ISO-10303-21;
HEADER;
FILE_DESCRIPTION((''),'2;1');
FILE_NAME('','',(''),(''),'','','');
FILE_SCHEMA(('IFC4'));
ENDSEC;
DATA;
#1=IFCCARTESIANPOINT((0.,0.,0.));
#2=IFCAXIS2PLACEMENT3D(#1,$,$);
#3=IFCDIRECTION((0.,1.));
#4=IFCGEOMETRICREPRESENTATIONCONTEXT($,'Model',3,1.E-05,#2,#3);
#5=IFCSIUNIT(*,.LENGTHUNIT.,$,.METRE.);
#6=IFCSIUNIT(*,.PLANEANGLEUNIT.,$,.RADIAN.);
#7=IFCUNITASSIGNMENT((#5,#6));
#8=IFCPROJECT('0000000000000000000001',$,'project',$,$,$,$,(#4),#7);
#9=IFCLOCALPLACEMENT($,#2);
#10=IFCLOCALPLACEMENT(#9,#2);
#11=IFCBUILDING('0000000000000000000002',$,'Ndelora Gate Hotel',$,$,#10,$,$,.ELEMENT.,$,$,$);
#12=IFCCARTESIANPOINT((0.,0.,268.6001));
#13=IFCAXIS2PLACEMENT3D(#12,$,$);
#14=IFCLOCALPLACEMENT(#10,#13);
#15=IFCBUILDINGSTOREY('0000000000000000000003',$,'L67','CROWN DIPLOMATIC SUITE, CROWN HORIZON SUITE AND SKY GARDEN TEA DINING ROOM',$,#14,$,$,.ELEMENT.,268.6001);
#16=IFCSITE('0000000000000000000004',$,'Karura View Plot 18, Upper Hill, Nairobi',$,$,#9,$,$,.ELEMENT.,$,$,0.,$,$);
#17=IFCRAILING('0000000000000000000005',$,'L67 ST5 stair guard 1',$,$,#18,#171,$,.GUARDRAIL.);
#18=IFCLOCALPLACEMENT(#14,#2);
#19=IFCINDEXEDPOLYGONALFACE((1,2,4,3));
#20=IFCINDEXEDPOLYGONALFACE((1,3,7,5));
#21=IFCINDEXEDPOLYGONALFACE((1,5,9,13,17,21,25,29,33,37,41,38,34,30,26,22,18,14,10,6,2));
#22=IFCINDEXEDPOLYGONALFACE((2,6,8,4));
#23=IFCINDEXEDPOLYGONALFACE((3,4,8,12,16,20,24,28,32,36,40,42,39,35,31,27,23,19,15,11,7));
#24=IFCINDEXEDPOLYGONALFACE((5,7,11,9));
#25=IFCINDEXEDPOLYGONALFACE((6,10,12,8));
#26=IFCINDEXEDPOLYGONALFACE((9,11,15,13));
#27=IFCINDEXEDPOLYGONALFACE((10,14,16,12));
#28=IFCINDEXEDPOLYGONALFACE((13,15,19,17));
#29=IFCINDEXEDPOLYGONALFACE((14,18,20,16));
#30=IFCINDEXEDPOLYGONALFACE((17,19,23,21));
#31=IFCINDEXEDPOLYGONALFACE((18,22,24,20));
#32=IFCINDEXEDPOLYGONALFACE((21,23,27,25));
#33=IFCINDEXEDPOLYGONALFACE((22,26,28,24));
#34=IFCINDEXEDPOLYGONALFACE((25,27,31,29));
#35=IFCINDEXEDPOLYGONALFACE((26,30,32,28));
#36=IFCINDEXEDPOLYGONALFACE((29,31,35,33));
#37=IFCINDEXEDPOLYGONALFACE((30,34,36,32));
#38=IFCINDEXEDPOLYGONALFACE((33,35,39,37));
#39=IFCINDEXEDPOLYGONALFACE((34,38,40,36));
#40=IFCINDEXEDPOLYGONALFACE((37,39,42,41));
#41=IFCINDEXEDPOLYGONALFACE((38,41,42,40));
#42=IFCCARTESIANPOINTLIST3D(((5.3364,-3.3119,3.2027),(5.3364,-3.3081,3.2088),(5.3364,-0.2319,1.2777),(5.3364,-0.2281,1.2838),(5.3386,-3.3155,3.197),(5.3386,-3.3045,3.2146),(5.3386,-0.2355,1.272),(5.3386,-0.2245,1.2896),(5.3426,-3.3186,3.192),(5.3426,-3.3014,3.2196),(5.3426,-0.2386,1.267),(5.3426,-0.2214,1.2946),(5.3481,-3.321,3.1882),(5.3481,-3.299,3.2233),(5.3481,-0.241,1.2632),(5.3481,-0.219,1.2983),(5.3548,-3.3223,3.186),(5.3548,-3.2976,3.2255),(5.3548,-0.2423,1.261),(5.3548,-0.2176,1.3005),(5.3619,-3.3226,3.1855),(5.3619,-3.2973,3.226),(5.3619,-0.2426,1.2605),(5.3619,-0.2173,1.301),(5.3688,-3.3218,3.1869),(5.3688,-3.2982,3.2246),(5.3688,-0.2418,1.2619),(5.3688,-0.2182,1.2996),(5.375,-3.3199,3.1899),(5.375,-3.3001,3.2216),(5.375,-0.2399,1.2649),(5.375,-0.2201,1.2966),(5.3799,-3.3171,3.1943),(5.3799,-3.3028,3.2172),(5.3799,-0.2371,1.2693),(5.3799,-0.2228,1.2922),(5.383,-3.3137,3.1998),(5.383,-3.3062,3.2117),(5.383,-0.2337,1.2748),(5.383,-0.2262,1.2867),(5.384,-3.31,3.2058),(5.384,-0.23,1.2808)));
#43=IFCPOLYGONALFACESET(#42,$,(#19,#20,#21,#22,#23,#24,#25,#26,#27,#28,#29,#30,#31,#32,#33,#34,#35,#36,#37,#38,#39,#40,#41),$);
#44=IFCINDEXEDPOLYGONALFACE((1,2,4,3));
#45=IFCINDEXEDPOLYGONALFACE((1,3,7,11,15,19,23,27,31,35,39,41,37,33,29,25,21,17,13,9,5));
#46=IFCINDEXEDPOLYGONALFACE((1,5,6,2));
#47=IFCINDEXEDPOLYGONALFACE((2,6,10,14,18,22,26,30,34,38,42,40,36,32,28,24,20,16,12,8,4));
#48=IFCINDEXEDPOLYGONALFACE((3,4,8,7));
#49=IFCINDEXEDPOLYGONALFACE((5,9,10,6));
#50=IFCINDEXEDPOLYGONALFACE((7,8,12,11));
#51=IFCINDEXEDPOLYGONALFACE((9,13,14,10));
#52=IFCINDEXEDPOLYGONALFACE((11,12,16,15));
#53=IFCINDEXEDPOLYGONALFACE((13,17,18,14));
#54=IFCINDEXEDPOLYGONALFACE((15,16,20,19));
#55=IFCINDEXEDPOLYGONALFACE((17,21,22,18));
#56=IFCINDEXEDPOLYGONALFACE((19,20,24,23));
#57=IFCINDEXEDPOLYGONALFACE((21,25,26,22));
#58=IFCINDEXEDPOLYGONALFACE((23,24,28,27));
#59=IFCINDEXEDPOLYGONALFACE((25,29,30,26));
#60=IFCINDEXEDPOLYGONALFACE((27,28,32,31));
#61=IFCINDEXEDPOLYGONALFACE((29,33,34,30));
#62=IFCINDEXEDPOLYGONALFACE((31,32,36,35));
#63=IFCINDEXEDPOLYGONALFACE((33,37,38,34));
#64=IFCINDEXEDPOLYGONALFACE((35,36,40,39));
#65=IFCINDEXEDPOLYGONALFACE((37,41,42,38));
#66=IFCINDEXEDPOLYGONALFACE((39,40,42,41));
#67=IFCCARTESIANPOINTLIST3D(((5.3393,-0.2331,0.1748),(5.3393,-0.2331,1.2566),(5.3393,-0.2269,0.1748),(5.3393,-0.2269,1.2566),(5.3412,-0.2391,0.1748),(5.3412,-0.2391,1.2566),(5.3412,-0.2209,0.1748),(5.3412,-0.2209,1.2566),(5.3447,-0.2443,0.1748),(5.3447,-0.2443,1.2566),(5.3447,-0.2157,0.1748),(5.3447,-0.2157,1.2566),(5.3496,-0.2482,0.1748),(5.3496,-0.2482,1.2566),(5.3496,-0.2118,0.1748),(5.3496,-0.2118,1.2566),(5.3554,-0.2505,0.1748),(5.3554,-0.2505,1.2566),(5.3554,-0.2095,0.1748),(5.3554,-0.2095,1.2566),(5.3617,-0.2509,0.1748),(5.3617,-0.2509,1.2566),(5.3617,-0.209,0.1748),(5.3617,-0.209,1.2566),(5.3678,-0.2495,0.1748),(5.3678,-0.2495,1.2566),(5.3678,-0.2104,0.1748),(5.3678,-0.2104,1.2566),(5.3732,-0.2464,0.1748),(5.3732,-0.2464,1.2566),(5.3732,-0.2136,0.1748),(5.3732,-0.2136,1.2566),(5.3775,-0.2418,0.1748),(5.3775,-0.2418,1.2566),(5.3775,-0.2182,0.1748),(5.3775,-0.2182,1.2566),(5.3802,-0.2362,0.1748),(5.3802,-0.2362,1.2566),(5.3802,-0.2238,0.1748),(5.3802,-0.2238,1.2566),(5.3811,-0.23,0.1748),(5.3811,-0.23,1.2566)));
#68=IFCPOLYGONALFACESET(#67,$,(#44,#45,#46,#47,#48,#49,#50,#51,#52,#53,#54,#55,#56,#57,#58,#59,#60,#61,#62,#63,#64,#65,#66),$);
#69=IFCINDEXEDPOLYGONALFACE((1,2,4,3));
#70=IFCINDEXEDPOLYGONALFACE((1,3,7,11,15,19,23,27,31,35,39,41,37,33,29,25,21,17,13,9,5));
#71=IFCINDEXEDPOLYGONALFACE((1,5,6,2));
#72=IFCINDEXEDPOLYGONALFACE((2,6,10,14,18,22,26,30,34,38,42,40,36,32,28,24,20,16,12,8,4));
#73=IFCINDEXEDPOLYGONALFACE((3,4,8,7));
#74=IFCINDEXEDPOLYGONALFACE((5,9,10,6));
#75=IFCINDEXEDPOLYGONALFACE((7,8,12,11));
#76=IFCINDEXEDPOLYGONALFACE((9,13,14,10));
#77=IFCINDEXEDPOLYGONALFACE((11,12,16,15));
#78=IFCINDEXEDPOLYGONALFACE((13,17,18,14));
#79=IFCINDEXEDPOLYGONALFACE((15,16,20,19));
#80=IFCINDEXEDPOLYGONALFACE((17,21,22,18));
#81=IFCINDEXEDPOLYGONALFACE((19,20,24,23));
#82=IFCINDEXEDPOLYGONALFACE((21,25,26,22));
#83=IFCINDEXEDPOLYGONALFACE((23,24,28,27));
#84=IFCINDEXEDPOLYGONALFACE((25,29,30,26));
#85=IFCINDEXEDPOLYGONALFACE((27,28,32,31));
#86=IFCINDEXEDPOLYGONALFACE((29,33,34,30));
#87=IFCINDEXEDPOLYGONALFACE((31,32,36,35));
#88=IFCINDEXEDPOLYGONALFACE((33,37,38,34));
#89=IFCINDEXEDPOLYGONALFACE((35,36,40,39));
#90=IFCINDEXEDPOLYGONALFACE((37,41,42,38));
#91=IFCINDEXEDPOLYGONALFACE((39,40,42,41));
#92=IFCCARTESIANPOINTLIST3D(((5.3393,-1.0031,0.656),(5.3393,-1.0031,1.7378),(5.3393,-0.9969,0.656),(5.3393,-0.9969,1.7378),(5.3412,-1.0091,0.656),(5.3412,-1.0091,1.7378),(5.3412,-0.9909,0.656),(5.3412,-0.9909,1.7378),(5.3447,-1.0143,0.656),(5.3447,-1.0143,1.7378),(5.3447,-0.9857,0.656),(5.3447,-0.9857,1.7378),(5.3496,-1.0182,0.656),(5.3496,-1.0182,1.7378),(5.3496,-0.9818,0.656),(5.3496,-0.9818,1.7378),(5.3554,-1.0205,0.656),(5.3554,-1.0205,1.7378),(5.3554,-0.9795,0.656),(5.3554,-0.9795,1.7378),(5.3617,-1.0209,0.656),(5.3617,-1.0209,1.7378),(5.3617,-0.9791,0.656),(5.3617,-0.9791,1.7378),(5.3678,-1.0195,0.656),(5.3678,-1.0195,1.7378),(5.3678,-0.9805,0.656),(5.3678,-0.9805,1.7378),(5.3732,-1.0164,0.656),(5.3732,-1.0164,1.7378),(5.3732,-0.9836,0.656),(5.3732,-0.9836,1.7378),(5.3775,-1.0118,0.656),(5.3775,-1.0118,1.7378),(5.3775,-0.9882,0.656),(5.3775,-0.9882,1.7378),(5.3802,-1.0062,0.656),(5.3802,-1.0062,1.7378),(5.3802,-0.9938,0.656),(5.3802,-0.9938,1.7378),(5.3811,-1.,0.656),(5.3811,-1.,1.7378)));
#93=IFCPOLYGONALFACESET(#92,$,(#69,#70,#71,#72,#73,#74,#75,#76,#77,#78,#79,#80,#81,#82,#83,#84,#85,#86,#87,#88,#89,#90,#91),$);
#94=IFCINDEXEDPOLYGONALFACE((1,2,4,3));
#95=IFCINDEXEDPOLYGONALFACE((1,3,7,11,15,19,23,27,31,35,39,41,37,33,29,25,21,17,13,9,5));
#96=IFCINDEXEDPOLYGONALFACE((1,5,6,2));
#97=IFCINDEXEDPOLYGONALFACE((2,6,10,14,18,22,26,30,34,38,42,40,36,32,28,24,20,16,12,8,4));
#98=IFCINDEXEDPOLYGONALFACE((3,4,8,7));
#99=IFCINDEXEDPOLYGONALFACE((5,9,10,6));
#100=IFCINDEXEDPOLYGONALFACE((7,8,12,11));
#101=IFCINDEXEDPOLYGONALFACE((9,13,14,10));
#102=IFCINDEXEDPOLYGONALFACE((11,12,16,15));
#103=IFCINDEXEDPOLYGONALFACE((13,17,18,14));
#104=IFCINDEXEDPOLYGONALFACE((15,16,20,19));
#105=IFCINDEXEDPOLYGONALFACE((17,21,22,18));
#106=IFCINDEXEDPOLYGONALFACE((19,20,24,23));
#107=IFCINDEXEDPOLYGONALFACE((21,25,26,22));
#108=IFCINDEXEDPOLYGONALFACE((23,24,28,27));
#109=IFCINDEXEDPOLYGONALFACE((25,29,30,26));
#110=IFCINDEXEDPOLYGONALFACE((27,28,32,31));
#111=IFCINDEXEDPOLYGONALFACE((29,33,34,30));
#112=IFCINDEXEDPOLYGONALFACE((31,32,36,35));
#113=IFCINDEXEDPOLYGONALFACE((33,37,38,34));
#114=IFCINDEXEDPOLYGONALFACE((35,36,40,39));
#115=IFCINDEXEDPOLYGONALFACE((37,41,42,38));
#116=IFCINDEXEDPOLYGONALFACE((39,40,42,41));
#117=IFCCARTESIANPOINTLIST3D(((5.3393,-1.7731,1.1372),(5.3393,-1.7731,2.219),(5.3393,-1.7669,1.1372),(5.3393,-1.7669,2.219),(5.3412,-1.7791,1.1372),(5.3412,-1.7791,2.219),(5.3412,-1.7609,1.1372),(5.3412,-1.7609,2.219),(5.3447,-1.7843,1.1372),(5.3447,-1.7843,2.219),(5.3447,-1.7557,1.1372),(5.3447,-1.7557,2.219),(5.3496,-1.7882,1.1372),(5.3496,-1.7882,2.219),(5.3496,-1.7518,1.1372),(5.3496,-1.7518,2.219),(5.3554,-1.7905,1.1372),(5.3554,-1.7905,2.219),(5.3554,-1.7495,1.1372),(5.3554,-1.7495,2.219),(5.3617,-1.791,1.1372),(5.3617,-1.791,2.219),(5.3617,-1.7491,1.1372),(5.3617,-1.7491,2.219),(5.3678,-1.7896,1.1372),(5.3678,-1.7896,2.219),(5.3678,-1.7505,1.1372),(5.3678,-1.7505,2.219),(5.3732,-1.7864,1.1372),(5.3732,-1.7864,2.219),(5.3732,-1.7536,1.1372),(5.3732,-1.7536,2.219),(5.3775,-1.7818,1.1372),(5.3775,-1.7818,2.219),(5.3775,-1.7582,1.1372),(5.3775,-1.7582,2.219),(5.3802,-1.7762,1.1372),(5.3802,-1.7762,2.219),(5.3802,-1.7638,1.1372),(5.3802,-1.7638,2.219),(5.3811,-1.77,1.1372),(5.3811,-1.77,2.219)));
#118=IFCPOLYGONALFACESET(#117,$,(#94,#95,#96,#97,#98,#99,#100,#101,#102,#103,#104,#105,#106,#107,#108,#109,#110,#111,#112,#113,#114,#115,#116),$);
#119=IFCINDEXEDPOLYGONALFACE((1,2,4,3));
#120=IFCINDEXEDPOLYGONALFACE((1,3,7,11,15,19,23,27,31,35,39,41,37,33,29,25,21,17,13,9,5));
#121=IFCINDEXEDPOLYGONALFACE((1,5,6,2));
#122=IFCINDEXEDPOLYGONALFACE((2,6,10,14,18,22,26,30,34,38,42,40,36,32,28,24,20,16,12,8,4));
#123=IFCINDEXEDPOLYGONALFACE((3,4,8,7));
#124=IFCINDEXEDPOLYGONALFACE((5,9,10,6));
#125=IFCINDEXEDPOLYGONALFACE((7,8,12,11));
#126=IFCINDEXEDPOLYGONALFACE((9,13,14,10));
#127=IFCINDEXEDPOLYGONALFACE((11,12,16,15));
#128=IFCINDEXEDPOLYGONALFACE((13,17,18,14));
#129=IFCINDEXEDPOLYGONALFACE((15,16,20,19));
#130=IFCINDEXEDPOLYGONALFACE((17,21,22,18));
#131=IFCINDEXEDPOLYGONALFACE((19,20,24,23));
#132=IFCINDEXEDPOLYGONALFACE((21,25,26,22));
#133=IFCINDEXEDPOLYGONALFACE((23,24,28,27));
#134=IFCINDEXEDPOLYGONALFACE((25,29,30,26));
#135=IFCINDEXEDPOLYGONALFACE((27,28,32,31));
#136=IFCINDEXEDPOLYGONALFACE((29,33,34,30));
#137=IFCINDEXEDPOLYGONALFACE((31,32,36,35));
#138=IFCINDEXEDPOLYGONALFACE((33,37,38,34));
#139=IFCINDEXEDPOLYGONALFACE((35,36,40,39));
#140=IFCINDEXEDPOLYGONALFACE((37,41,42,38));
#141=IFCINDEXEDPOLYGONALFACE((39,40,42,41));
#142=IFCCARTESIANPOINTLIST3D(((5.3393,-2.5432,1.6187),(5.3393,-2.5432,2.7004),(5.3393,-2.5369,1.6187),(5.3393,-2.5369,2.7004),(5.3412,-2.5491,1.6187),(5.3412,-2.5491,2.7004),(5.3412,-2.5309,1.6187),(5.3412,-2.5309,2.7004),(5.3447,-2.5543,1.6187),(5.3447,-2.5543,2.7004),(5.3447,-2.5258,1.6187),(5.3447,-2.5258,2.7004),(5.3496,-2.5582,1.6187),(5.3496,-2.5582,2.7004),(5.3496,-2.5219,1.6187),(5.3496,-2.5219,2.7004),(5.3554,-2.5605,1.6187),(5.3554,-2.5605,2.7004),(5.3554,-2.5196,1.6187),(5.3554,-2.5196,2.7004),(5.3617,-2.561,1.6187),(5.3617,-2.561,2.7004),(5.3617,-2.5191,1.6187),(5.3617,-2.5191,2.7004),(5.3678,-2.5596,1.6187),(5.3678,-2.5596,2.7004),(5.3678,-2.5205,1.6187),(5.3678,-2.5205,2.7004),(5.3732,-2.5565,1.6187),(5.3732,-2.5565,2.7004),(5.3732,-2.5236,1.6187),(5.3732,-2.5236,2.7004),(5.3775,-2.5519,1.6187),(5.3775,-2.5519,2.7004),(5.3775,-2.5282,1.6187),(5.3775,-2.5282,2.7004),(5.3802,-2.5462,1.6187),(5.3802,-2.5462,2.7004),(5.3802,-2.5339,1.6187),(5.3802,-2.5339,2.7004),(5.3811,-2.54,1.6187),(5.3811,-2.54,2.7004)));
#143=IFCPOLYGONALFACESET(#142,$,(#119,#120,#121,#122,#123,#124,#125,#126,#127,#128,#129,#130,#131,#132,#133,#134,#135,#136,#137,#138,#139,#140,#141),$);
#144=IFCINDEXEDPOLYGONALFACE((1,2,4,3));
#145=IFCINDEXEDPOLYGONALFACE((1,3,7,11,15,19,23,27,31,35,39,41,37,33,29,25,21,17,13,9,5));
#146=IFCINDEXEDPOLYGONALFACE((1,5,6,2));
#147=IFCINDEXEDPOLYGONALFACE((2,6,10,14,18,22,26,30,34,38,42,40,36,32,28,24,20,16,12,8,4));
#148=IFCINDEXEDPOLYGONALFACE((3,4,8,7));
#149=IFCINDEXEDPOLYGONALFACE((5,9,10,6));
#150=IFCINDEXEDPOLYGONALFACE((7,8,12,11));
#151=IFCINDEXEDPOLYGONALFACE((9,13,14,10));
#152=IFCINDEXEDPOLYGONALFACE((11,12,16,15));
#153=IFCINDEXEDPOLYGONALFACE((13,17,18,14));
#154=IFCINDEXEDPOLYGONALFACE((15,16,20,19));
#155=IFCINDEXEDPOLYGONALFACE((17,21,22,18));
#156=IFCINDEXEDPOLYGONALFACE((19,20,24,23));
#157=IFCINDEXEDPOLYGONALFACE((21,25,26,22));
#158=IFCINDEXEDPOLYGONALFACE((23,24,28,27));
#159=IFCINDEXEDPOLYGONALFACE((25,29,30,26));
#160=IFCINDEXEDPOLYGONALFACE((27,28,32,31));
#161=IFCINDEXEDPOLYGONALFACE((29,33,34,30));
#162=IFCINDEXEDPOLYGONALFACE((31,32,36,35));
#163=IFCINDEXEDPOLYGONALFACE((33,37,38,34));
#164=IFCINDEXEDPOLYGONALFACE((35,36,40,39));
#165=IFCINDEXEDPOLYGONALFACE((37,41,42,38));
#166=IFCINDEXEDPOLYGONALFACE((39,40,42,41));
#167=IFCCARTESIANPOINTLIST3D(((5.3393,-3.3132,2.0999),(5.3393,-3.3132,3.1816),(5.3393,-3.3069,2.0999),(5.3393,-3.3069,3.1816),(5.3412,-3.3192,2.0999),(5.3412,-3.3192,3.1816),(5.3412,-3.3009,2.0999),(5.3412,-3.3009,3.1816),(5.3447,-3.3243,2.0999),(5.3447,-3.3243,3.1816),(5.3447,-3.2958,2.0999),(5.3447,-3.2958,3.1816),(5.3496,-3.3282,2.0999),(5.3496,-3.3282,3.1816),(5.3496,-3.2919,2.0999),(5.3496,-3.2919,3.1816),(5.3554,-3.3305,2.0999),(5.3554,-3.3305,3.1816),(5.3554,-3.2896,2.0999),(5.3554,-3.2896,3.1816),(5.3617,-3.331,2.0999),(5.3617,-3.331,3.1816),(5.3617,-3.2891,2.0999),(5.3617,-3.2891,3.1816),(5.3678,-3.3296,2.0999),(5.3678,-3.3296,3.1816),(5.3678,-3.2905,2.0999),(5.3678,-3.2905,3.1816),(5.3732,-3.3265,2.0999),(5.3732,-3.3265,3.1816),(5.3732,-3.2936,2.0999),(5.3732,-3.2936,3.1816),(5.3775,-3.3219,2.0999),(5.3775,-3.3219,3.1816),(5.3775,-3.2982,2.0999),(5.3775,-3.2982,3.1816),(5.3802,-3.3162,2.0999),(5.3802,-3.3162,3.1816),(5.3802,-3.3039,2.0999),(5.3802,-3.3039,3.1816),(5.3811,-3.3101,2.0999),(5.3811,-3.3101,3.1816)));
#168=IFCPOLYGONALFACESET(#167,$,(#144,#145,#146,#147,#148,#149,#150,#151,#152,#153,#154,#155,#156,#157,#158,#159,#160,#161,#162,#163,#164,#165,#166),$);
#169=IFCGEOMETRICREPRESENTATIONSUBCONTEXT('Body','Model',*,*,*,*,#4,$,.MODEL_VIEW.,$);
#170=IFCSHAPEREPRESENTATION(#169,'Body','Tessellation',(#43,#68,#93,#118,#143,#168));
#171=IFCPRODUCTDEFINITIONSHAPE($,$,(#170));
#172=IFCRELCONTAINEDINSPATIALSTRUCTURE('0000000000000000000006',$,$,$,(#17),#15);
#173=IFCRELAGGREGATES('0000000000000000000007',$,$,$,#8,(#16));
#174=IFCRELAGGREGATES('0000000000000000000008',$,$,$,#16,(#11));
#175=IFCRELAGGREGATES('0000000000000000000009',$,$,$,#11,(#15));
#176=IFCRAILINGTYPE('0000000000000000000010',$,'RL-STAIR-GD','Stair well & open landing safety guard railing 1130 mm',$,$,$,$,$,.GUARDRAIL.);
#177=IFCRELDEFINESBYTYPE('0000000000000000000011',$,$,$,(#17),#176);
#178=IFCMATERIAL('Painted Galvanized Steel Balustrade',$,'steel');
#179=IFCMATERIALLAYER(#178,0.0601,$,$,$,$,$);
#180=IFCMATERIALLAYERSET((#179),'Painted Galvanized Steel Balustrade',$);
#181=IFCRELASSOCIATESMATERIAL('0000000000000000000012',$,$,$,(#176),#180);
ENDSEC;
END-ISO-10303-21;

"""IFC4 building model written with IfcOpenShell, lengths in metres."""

from ifc_helpers import new_model, si_unit, direction, frame, origin, origin_2d, place, context, subcontext, project, spatial, circle, extrude, material, layer, layer_set, type_object, element, save


model = new_model("IFC4")

# Units and contexts
model_context = context("Model", 3, precision=1e-05, world=origin(), true_north=direction((0.0, 1.0)))
body_context = subcontext(model_context, "Body", "Model", "MODEL_VIEW")
ifc_project = project(units=[si_unit("LENGTHUNIT", "METRE"), si_unit("PLANEANGLEUNIT", "RADIAN")], contexts=[model_context])

# Site, building, storey
site_placement = place(None, origin())
site = spatial("IfcSite", under=ifc_project, at=site_placement, Name="Karura View Plot 18, Upper Hill, Nairobi", CompositionType="ELEMENT", RefElevation=0.0)
building_placement = place(site_placement, origin())
building = spatial("IfcBuilding", under=site, at=building_placement, Name="Ndelora Gate Hotel", CompositionType="ELEMENT")
storey_placement = place(building_placement, frame((0.0, 0.0, 268.6001)))
storey = spatial("IfcBuildingStorey", under=building, at=storey_placement, Name="L67", Description="CROWN DIPLOMATIC SUITE, CROWN HORIZON SUITE AND SKY GARDEN TEA DINING ROOM", CompositionType="ELEMENT", Elevation=268.6001)

# Railing
ifc_material_1 = material(Name="Painted Galvanized Steel Balustrade", Category="steel")
ifc_layer_1 = layer(ifc_material_1, 0.0601)
ifc_layer_set_1 = layer_set([ifc_layer_1], Name="Painted Galvanized Steel Balustrade")
railing_type_1 = type_object("IfcRailingType", Name="RL-STAIR-GD", Description="Stair well & open landing safety guard railing 1130 mm", PredefinedType="GUARDRAIL", material=ifc_layer_set_1)
railing_1_placement = place(storey_placement, frame((5.3601, -0.23, 0.1748)))
element("IfcRailing", 1, at=railing_1_placement, inside=storey, type_object=railing_type_1, Name="L67 ST5 stair guard 1", PredefinedType="GUARDRAIL", context=body_context, shape_type="SweptSolid", body=[
    extrude(circle(Radius=0.0239, at=origin_2d()), frame((0.0, 0.0, 1.106), z_axis=(0.0, -0.847998, 0.529999), x_axis=(1.0, 0.0, 0.0)), (0.0, 0.0, 1.0), 3.6321),
    extrude(circle(Radius=0.021, at=origin_2d()), origin(), (0.0, 0.0, 1.0), 1.0818),
    extrude(circle(Radius=0.021, at=origin_2d()), frame((0.0, -0.77, 0.4812)), (0.0, 0.0, 1.0), 1.0818),
    extrude(circle(Radius=0.021, at=origin_2d()), frame((0.0, -1.54, 0.9624)), (0.0, 0.0, 1.0), 1.0818),
    extrude(circle(Radius=0.021, at=origin_2d()), frame((0.0, -2.3101, 1.4438)), (0.0, 0.0, 1.0), 1.0818),
    extrude(circle(Radius=0.021, at=origin_2d()), frame((0.0, -3.0801, 1.925)), (0.0, 0.0, 1.0), 1.0818),
])

save(model, "model.ifc")
